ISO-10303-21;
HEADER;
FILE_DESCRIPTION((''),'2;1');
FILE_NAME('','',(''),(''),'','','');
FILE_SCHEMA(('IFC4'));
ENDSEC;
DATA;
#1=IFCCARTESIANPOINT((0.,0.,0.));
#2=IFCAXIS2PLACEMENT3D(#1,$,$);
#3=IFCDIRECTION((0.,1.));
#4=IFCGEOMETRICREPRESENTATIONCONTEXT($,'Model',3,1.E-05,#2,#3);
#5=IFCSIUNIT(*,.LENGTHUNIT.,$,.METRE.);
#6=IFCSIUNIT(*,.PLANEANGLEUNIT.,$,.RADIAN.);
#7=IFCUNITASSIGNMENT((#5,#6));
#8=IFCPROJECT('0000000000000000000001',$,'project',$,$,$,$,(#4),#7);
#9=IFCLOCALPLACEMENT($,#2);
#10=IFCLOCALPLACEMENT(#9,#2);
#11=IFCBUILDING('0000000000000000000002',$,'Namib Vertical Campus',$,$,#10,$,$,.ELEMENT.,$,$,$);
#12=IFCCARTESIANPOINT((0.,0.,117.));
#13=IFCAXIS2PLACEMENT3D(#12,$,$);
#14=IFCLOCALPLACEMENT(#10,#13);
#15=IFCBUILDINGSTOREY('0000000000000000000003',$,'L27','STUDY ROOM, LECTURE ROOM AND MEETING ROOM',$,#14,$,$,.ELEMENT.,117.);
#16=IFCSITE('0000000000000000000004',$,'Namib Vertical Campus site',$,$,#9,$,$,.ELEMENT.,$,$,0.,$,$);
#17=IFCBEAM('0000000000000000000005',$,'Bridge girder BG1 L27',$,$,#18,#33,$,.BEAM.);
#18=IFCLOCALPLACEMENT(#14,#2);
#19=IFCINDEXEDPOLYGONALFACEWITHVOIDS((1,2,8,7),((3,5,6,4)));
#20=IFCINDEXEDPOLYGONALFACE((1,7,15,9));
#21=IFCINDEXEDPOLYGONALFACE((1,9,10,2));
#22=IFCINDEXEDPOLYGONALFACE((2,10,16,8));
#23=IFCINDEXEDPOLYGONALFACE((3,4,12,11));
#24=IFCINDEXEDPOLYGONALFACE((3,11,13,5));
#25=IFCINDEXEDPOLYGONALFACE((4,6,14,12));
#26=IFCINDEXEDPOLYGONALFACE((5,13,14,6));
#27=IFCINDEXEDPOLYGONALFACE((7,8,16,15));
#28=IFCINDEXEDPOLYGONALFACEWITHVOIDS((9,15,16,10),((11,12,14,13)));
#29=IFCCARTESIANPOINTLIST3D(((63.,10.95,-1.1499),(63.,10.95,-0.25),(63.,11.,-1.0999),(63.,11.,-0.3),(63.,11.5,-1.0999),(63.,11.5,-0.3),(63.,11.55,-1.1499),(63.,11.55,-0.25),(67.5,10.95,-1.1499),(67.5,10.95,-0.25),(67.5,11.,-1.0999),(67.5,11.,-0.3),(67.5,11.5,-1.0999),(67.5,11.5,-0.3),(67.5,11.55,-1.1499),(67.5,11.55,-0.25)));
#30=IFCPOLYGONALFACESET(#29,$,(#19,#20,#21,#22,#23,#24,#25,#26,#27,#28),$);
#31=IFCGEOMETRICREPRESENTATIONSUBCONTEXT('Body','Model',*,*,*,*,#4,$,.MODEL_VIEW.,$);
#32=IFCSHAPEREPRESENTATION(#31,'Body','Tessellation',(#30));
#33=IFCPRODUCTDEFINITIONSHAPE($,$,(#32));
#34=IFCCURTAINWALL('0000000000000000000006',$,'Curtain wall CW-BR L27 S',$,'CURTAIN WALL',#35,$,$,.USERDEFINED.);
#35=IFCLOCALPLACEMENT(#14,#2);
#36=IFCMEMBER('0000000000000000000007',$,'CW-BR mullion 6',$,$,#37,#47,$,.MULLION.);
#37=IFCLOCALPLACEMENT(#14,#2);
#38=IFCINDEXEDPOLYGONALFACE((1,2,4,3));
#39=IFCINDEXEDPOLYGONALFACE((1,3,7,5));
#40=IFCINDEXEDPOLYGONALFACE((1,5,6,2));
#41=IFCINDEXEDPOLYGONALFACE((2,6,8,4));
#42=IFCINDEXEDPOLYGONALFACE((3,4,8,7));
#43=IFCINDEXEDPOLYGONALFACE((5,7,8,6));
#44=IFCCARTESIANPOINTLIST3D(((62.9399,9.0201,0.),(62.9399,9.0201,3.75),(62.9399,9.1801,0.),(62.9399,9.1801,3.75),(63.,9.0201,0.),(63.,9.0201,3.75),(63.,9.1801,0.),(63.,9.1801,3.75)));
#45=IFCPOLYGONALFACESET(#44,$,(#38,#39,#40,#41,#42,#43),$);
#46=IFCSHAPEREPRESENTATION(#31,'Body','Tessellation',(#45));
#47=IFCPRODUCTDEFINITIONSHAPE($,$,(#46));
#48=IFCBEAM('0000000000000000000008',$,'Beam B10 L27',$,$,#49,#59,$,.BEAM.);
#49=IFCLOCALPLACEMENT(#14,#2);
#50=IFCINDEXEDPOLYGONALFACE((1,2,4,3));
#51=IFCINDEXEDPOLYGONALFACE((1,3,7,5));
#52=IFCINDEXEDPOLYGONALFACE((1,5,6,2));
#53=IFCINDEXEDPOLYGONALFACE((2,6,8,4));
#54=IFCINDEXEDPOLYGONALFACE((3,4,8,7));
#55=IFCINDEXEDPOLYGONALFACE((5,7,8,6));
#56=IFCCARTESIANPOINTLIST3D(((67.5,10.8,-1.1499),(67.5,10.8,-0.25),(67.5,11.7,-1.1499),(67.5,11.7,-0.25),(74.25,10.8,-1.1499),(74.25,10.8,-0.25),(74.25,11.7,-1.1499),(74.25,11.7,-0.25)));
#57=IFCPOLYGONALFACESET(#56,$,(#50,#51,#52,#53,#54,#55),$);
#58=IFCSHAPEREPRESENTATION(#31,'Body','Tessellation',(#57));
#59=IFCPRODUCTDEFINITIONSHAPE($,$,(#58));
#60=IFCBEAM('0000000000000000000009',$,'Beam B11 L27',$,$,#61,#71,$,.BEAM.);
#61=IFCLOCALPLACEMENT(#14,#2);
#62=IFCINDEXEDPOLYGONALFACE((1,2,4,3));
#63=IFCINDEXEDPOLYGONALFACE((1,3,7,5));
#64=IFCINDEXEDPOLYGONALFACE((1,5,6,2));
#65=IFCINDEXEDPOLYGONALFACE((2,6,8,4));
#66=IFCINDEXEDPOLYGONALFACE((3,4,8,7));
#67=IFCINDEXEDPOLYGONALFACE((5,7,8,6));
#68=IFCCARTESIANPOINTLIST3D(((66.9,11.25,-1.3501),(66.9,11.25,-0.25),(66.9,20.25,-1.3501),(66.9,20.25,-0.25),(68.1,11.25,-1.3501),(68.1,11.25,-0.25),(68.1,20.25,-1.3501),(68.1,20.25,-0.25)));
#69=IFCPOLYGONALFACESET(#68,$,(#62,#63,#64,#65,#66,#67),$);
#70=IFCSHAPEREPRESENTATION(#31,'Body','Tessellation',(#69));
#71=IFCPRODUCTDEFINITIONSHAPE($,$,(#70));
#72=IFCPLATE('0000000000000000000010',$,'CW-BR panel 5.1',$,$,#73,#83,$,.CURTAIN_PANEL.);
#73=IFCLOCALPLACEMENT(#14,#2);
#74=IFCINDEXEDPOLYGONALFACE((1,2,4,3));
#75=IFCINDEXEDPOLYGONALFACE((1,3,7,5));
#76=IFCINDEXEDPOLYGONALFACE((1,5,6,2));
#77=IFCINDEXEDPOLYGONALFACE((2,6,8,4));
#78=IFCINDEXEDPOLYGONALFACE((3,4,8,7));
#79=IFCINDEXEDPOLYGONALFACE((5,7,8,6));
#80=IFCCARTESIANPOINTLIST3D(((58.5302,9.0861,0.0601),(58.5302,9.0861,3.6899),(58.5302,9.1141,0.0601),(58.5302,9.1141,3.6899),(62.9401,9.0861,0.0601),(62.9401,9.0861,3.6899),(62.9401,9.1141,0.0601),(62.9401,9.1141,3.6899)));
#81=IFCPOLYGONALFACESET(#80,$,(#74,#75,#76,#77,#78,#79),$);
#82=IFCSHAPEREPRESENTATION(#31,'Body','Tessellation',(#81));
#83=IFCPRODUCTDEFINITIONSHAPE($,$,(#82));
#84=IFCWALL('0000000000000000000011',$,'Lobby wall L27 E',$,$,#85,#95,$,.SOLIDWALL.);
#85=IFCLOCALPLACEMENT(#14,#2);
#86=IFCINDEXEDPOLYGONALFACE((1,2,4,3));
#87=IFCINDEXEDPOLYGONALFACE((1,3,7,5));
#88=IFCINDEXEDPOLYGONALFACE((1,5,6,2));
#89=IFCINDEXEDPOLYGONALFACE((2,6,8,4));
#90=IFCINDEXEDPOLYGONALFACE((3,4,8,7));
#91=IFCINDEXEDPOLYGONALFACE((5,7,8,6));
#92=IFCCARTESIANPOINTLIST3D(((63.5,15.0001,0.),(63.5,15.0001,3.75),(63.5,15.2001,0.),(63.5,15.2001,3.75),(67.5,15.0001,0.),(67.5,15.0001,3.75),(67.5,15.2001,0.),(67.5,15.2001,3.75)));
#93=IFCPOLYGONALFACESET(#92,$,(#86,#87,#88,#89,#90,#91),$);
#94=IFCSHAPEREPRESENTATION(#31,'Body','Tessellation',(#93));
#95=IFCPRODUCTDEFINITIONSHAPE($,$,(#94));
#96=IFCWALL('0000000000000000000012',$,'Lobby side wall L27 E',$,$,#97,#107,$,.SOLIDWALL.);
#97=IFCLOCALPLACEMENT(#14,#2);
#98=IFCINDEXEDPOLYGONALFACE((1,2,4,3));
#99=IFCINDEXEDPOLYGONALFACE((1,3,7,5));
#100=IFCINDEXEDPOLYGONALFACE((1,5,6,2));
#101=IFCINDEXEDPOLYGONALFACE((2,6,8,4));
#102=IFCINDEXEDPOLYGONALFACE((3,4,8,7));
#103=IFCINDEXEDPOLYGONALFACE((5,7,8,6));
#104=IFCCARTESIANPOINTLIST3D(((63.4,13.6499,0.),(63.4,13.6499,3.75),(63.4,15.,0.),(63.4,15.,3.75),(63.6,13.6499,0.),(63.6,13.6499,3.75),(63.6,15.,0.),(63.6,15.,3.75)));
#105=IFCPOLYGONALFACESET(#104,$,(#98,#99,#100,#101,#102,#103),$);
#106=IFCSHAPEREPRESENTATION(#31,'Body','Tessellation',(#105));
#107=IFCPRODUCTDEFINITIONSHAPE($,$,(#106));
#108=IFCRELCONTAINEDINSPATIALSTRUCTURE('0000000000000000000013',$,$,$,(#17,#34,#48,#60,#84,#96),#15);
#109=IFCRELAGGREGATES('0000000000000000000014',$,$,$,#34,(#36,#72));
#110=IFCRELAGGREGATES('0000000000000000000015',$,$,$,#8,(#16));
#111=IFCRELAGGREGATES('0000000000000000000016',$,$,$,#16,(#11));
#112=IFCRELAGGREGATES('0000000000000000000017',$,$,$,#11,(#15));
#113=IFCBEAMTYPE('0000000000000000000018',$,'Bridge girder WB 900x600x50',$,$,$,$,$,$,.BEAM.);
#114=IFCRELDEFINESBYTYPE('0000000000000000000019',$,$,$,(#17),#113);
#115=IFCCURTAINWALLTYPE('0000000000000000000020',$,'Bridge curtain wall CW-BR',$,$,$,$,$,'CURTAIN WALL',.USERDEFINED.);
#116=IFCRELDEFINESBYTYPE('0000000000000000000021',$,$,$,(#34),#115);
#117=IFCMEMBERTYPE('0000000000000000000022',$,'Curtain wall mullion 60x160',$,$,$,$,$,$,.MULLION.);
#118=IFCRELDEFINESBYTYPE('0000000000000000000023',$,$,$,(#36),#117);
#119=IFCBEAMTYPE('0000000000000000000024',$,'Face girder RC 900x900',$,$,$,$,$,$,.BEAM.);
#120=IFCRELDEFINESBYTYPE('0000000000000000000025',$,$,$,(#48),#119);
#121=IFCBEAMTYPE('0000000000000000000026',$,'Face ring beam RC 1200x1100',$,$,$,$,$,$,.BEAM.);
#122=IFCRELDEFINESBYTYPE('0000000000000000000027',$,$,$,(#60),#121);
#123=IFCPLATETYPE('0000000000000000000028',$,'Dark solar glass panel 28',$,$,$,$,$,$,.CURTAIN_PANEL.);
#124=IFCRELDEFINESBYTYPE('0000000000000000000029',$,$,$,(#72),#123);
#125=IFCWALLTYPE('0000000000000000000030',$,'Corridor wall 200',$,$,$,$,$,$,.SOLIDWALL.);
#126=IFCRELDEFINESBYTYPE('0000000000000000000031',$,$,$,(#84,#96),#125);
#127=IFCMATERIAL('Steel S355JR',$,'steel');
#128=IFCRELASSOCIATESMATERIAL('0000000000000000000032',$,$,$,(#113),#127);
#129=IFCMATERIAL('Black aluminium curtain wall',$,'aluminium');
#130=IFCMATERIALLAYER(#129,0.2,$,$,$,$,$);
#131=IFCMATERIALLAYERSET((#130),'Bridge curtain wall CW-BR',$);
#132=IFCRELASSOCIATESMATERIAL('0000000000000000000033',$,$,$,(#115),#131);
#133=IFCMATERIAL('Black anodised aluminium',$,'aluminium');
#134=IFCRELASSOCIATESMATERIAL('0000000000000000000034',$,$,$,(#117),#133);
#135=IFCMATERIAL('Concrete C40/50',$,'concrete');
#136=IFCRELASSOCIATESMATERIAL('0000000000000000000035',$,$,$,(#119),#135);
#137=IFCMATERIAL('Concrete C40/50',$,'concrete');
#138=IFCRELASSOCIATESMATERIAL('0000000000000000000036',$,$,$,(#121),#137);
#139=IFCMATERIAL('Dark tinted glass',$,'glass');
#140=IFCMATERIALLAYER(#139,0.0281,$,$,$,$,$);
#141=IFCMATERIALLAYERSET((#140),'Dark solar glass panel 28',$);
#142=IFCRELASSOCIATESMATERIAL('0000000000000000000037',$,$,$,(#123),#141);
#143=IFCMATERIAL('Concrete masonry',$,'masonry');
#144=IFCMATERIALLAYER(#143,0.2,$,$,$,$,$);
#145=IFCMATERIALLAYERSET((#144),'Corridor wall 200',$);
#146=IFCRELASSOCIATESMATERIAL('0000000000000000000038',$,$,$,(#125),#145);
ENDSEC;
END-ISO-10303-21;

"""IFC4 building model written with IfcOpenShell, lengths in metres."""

from ifc_helpers import new_model, si_unit, direction, frame, frame_2d, origin, origin_2d, place, context, subcontext, project, spatial, rectangle, hollow_rectangle, extrude, material, layer, layer_set, material_profile, profile_set, type_object, element, aggregate, save


model = new_model("IFC4")

# Units and contexts
model_context = context("Model", 3, precision=1e-05, world=origin(), true_north=direction((0.0, 1.0)))
body_context = subcontext(model_context, "Body", "Model", "MODEL_VIEW")
ifc_project = project(units=[si_unit("LENGTHUNIT", "METRE"), si_unit("PLANEANGLEUNIT", "RADIAN")], contexts=[model_context])

# Site, building, storey
site_placement = place(None, origin())
site = spatial("IfcSite", under=ifc_project, at=site_placement, Name="Namib Vertical Campus site", CompositionType="ELEMENT", RefElevation=0.0)
building_placement = place(site_placement, origin())
building = spatial("IfcBuilding", under=site, at=building_placement, Name="Namib Vertical Campus", CompositionType="ELEMENT")
storey_placement = place(building_placement, frame((0.0, 0.0, 117.0)))
storey = spatial("IfcBuildingStorey", under=building, at=storey_placement, Name="L27", Description="STUDY ROOM, LECTURE ROOM AND MEETING ROOM", CompositionType="ELEMENT", Elevation=117.0)

# Beam
ifc_material_1 = material(Name="Steel S355JR", Category="steel")
ifc_material_profile_1 = material_profile(ifc_material_1, hollow_rectangle(XDim=0.6001, YDim=0.8999, WallThickness=0.05, at=origin_2d()))
ifc_profile_set_1 = profile_set([ifc_material_profile_1], Name="Steel S355JR")
beam_type_1 = type_object("IfcBeamType", Name="Bridge girder WB 900x600x50", PredefinedType="BEAM", material=ifc_profile_set_1)
for number, where, z_axis, x_axis, name in (
    (1, (63.0, 11.25, -0.7), (1.0, 0.0, 0.0), (0.0, 1.0, 0.0), "Bridge girder BG1 L27"),
):
    element("IfcBeam", number, at=place(storey_placement, frame(where, z_axis=z_axis, x_axis=x_axis)), inside=storey, type_object=beam_type_1, Name=name, PredefinedType="BEAM", context=body_context, shape_type="SweptSolid", body=[
        extrude(hollow_rectangle(XDim=0.6001, YDim=0.8999, WallThickness=0.05, at=origin_2d()), origin(), (0.0, 0.0, 1.0), 4.5),
    ])

# Curtain wall, member
ifc_material_2 = material(Name="Black aluminium curtain wall", Category="aluminium")
ifc_layer_1 = layer(ifc_material_2, 0.2)
ifc_layer_set_1 = layer_set([ifc_layer_1], Name="Bridge curtain wall CW-BR")
curtain_wall_type = type_object("IfcCurtainWallType", Name="Bridge curtain wall CW-BR", ElementType="CURTAIN WALL", PredefinedType="USERDEFINED", material=ifc_layer_set_1)
curtain_wall_placement = place(storey_placement, origin())
curtain_wall = element("IfcCurtainWall", 2, at=curtain_wall_placement, inside=storey, type_object=curtain_wall_type, Name="Curtain wall CW-BR L27 S", ObjectType="CURTAIN WALL", PredefinedType="USERDEFINED")
ifc_material_3 = material(Name="Black anodised aluminium", Category="aluminium")
ifc_material_profile_2 = material_profile(ifc_material_3, rectangle(XDim=0.0601, YDim=0.1599, at=origin_2d()))
ifc_profile_set_2 = profile_set([ifc_material_profile_2], Name="Black anodised aluminium")
member_type_1 = type_object("IfcMemberType", Name="Curtain wall mullion 60x160", PredefinedType="MULLION", material=ifc_profile_set_2)
member_placement = place(storey_placement, frame((62.97, 9.1001, 0.0), z_axis=(0.0, 0.0, 1.0), x_axis=(1.0, 0.0, 0.0)))
member = element("IfcMember", 3, at=member_placement, type_object=member_type_1, Name="CW-BR mullion 6", PredefinedType="MULLION", context=body_context, shape_type="SweptSolid", body=[
    extrude(rectangle(XDim=0.0601, YDim=0.1599, at=origin_2d()), origin(), (0.0, 0.0, 1.0), 3.75),
])

# Beams
ifc_material_4 = material(Name="Concrete C40/50", Category="concrete")
ifc_material_profile_3 = material_profile(ifc_material_4, rectangle(XDim=0.8999, YDim=0.8999, at=origin_2d()))
ifc_profile_set_3 = profile_set([ifc_material_profile_3], Name="Concrete C40/50")
beam_type_2 = type_object("IfcBeamType", Name="Face girder RC 900x900", PredefinedType="BEAM", material=ifc_profile_set_3)
beam_1_placement = place(storey_placement, frame((67.5, 11.25, -0.7), z_axis=(1.0, 0.0, 0.0), x_axis=(0.0, 1.0, 0.0)))
element("IfcBeam", 4, at=beam_1_placement, inside=storey, type_object=beam_type_2, Name="Beam B10 L27", PredefinedType="BEAM", context=body_context, shape_type="SweptSolid", body=[
    extrude(rectangle(XDim=0.8999, YDim=0.8999, at=origin_2d()), origin(), (0.0, 0.0, 1.0), 6.75),
])
ifc_material_5 = material(Name="Concrete C40/50", Category="concrete")
ifc_material_profile_4 = material_profile(ifc_material_5, rectangle(XDim=1.2, YDim=1.1001, at=origin_2d()))
ifc_profile_set_4 = profile_set([ifc_material_profile_4], Name="Concrete C40/50")
beam_type_3 = type_object("IfcBeamType", Name="Face ring beam RC 1200x1100", PredefinedType="BEAM", material=ifc_profile_set_4)
beam_2_placement = place(storey_placement, frame((67.5, 11.25, -0.8), z_axis=(0.0, 1.0, 0.0), x_axis=(-1.0, 0.0, 0.0)))
element("IfcBeam", 5, at=beam_2_placement, inside=storey, type_object=beam_type_3, Name="Beam B11 L27", PredefinedType="BEAM", context=body_context, shape_type="SweptSolid", body=[
    extrude(rectangle(XDim=1.2, YDim=1.1001, at=origin_2d()), origin(), (0.0, 0.0, 1.0), 9.0),
])

# Plate
ifc_material_6 = material(Name="Dark tinted glass", Category="glass")
ifc_layer_2 = layer(ifc_material_6, 0.0281)
ifc_layer_set_2 = layer_set([ifc_layer_2], Name="Dark solar glass panel 28")
plate_type = type_object("IfcPlateType", Name="Dark solar glass panel 28", PredefinedType="CURTAIN_PANEL", material=ifc_layer_set_2)
plate_placement = place(storey_placement, frame((60.7351, 9.1001, 0.0601), z_axis=(0.0, 0.0, 1.0), x_axis=(1.0, 0.0, 0.0)))
plate = element("IfcPlate", 6, at=plate_placement, type_object=plate_type, Name="CW-BR panel 5.1", PredefinedType="CURTAIN_PANEL", context=body_context, shape_type="SweptSolid", body=[
    extrude(rectangle(XDim=4.4099, YDim=0.0281, at=origin_2d()), origin(), (0.0, 0.0, 1.0), 3.6299),
])
aggregate(curtain_wall, [member, plate])

# Walls
ifc_material_7 = material(Name="Concrete masonry", Category="masonry")
ifc_layer_3 = layer(ifc_material_7, 0.2)
ifc_layer_set_3 = layer_set([ifc_layer_3], Name="Corridor wall 200")
wall_type = type_object("IfcWallType", Name="Corridor wall 200", PredefinedType="SOLIDWALL", material=ifc_layer_set_3)
wall_1_placement = place(storey_placement, frame((63.5, 15.1001, 0.0), z_axis=(0.0, 0.0, 1.0), x_axis=(1.0, 0.0, 0.0)))
element("IfcWall", 7, at=wall_1_placement, inside=storey, type_object=wall_type, Name="Lobby wall L27 E", PredefinedType="SOLIDWALL", context=body_context, shape_type="SweptSolid", body=[
    extrude(rectangle(XDim=4.0, YDim=0.2, at=frame_2d((2.0, 0.0))), origin(), (0.0, 0.0, 1.0), 3.75),
])
wall_2_placement = place(storey_placement, frame((63.5, 13.6499, 0.0), z_axis=(0.0, 0.0, 1.0), x_axis=(0.0, 1.0, 0.0)))
element("IfcWall", 8, at=wall_2_placement, inside=storey, type_object=wall_type, Name="Lobby side wall L27 E", PredefinedType="SOLIDWALL", context=body_context, shape_type="SweptSolid", body=[
    extrude(rectangle(XDim=1.3501, YDim=0.2, at=frame_2d((0.675, 0.0))), origin(), (0.0, 0.0, 1.0), 3.75),
])

save(model, "model.ifc")
